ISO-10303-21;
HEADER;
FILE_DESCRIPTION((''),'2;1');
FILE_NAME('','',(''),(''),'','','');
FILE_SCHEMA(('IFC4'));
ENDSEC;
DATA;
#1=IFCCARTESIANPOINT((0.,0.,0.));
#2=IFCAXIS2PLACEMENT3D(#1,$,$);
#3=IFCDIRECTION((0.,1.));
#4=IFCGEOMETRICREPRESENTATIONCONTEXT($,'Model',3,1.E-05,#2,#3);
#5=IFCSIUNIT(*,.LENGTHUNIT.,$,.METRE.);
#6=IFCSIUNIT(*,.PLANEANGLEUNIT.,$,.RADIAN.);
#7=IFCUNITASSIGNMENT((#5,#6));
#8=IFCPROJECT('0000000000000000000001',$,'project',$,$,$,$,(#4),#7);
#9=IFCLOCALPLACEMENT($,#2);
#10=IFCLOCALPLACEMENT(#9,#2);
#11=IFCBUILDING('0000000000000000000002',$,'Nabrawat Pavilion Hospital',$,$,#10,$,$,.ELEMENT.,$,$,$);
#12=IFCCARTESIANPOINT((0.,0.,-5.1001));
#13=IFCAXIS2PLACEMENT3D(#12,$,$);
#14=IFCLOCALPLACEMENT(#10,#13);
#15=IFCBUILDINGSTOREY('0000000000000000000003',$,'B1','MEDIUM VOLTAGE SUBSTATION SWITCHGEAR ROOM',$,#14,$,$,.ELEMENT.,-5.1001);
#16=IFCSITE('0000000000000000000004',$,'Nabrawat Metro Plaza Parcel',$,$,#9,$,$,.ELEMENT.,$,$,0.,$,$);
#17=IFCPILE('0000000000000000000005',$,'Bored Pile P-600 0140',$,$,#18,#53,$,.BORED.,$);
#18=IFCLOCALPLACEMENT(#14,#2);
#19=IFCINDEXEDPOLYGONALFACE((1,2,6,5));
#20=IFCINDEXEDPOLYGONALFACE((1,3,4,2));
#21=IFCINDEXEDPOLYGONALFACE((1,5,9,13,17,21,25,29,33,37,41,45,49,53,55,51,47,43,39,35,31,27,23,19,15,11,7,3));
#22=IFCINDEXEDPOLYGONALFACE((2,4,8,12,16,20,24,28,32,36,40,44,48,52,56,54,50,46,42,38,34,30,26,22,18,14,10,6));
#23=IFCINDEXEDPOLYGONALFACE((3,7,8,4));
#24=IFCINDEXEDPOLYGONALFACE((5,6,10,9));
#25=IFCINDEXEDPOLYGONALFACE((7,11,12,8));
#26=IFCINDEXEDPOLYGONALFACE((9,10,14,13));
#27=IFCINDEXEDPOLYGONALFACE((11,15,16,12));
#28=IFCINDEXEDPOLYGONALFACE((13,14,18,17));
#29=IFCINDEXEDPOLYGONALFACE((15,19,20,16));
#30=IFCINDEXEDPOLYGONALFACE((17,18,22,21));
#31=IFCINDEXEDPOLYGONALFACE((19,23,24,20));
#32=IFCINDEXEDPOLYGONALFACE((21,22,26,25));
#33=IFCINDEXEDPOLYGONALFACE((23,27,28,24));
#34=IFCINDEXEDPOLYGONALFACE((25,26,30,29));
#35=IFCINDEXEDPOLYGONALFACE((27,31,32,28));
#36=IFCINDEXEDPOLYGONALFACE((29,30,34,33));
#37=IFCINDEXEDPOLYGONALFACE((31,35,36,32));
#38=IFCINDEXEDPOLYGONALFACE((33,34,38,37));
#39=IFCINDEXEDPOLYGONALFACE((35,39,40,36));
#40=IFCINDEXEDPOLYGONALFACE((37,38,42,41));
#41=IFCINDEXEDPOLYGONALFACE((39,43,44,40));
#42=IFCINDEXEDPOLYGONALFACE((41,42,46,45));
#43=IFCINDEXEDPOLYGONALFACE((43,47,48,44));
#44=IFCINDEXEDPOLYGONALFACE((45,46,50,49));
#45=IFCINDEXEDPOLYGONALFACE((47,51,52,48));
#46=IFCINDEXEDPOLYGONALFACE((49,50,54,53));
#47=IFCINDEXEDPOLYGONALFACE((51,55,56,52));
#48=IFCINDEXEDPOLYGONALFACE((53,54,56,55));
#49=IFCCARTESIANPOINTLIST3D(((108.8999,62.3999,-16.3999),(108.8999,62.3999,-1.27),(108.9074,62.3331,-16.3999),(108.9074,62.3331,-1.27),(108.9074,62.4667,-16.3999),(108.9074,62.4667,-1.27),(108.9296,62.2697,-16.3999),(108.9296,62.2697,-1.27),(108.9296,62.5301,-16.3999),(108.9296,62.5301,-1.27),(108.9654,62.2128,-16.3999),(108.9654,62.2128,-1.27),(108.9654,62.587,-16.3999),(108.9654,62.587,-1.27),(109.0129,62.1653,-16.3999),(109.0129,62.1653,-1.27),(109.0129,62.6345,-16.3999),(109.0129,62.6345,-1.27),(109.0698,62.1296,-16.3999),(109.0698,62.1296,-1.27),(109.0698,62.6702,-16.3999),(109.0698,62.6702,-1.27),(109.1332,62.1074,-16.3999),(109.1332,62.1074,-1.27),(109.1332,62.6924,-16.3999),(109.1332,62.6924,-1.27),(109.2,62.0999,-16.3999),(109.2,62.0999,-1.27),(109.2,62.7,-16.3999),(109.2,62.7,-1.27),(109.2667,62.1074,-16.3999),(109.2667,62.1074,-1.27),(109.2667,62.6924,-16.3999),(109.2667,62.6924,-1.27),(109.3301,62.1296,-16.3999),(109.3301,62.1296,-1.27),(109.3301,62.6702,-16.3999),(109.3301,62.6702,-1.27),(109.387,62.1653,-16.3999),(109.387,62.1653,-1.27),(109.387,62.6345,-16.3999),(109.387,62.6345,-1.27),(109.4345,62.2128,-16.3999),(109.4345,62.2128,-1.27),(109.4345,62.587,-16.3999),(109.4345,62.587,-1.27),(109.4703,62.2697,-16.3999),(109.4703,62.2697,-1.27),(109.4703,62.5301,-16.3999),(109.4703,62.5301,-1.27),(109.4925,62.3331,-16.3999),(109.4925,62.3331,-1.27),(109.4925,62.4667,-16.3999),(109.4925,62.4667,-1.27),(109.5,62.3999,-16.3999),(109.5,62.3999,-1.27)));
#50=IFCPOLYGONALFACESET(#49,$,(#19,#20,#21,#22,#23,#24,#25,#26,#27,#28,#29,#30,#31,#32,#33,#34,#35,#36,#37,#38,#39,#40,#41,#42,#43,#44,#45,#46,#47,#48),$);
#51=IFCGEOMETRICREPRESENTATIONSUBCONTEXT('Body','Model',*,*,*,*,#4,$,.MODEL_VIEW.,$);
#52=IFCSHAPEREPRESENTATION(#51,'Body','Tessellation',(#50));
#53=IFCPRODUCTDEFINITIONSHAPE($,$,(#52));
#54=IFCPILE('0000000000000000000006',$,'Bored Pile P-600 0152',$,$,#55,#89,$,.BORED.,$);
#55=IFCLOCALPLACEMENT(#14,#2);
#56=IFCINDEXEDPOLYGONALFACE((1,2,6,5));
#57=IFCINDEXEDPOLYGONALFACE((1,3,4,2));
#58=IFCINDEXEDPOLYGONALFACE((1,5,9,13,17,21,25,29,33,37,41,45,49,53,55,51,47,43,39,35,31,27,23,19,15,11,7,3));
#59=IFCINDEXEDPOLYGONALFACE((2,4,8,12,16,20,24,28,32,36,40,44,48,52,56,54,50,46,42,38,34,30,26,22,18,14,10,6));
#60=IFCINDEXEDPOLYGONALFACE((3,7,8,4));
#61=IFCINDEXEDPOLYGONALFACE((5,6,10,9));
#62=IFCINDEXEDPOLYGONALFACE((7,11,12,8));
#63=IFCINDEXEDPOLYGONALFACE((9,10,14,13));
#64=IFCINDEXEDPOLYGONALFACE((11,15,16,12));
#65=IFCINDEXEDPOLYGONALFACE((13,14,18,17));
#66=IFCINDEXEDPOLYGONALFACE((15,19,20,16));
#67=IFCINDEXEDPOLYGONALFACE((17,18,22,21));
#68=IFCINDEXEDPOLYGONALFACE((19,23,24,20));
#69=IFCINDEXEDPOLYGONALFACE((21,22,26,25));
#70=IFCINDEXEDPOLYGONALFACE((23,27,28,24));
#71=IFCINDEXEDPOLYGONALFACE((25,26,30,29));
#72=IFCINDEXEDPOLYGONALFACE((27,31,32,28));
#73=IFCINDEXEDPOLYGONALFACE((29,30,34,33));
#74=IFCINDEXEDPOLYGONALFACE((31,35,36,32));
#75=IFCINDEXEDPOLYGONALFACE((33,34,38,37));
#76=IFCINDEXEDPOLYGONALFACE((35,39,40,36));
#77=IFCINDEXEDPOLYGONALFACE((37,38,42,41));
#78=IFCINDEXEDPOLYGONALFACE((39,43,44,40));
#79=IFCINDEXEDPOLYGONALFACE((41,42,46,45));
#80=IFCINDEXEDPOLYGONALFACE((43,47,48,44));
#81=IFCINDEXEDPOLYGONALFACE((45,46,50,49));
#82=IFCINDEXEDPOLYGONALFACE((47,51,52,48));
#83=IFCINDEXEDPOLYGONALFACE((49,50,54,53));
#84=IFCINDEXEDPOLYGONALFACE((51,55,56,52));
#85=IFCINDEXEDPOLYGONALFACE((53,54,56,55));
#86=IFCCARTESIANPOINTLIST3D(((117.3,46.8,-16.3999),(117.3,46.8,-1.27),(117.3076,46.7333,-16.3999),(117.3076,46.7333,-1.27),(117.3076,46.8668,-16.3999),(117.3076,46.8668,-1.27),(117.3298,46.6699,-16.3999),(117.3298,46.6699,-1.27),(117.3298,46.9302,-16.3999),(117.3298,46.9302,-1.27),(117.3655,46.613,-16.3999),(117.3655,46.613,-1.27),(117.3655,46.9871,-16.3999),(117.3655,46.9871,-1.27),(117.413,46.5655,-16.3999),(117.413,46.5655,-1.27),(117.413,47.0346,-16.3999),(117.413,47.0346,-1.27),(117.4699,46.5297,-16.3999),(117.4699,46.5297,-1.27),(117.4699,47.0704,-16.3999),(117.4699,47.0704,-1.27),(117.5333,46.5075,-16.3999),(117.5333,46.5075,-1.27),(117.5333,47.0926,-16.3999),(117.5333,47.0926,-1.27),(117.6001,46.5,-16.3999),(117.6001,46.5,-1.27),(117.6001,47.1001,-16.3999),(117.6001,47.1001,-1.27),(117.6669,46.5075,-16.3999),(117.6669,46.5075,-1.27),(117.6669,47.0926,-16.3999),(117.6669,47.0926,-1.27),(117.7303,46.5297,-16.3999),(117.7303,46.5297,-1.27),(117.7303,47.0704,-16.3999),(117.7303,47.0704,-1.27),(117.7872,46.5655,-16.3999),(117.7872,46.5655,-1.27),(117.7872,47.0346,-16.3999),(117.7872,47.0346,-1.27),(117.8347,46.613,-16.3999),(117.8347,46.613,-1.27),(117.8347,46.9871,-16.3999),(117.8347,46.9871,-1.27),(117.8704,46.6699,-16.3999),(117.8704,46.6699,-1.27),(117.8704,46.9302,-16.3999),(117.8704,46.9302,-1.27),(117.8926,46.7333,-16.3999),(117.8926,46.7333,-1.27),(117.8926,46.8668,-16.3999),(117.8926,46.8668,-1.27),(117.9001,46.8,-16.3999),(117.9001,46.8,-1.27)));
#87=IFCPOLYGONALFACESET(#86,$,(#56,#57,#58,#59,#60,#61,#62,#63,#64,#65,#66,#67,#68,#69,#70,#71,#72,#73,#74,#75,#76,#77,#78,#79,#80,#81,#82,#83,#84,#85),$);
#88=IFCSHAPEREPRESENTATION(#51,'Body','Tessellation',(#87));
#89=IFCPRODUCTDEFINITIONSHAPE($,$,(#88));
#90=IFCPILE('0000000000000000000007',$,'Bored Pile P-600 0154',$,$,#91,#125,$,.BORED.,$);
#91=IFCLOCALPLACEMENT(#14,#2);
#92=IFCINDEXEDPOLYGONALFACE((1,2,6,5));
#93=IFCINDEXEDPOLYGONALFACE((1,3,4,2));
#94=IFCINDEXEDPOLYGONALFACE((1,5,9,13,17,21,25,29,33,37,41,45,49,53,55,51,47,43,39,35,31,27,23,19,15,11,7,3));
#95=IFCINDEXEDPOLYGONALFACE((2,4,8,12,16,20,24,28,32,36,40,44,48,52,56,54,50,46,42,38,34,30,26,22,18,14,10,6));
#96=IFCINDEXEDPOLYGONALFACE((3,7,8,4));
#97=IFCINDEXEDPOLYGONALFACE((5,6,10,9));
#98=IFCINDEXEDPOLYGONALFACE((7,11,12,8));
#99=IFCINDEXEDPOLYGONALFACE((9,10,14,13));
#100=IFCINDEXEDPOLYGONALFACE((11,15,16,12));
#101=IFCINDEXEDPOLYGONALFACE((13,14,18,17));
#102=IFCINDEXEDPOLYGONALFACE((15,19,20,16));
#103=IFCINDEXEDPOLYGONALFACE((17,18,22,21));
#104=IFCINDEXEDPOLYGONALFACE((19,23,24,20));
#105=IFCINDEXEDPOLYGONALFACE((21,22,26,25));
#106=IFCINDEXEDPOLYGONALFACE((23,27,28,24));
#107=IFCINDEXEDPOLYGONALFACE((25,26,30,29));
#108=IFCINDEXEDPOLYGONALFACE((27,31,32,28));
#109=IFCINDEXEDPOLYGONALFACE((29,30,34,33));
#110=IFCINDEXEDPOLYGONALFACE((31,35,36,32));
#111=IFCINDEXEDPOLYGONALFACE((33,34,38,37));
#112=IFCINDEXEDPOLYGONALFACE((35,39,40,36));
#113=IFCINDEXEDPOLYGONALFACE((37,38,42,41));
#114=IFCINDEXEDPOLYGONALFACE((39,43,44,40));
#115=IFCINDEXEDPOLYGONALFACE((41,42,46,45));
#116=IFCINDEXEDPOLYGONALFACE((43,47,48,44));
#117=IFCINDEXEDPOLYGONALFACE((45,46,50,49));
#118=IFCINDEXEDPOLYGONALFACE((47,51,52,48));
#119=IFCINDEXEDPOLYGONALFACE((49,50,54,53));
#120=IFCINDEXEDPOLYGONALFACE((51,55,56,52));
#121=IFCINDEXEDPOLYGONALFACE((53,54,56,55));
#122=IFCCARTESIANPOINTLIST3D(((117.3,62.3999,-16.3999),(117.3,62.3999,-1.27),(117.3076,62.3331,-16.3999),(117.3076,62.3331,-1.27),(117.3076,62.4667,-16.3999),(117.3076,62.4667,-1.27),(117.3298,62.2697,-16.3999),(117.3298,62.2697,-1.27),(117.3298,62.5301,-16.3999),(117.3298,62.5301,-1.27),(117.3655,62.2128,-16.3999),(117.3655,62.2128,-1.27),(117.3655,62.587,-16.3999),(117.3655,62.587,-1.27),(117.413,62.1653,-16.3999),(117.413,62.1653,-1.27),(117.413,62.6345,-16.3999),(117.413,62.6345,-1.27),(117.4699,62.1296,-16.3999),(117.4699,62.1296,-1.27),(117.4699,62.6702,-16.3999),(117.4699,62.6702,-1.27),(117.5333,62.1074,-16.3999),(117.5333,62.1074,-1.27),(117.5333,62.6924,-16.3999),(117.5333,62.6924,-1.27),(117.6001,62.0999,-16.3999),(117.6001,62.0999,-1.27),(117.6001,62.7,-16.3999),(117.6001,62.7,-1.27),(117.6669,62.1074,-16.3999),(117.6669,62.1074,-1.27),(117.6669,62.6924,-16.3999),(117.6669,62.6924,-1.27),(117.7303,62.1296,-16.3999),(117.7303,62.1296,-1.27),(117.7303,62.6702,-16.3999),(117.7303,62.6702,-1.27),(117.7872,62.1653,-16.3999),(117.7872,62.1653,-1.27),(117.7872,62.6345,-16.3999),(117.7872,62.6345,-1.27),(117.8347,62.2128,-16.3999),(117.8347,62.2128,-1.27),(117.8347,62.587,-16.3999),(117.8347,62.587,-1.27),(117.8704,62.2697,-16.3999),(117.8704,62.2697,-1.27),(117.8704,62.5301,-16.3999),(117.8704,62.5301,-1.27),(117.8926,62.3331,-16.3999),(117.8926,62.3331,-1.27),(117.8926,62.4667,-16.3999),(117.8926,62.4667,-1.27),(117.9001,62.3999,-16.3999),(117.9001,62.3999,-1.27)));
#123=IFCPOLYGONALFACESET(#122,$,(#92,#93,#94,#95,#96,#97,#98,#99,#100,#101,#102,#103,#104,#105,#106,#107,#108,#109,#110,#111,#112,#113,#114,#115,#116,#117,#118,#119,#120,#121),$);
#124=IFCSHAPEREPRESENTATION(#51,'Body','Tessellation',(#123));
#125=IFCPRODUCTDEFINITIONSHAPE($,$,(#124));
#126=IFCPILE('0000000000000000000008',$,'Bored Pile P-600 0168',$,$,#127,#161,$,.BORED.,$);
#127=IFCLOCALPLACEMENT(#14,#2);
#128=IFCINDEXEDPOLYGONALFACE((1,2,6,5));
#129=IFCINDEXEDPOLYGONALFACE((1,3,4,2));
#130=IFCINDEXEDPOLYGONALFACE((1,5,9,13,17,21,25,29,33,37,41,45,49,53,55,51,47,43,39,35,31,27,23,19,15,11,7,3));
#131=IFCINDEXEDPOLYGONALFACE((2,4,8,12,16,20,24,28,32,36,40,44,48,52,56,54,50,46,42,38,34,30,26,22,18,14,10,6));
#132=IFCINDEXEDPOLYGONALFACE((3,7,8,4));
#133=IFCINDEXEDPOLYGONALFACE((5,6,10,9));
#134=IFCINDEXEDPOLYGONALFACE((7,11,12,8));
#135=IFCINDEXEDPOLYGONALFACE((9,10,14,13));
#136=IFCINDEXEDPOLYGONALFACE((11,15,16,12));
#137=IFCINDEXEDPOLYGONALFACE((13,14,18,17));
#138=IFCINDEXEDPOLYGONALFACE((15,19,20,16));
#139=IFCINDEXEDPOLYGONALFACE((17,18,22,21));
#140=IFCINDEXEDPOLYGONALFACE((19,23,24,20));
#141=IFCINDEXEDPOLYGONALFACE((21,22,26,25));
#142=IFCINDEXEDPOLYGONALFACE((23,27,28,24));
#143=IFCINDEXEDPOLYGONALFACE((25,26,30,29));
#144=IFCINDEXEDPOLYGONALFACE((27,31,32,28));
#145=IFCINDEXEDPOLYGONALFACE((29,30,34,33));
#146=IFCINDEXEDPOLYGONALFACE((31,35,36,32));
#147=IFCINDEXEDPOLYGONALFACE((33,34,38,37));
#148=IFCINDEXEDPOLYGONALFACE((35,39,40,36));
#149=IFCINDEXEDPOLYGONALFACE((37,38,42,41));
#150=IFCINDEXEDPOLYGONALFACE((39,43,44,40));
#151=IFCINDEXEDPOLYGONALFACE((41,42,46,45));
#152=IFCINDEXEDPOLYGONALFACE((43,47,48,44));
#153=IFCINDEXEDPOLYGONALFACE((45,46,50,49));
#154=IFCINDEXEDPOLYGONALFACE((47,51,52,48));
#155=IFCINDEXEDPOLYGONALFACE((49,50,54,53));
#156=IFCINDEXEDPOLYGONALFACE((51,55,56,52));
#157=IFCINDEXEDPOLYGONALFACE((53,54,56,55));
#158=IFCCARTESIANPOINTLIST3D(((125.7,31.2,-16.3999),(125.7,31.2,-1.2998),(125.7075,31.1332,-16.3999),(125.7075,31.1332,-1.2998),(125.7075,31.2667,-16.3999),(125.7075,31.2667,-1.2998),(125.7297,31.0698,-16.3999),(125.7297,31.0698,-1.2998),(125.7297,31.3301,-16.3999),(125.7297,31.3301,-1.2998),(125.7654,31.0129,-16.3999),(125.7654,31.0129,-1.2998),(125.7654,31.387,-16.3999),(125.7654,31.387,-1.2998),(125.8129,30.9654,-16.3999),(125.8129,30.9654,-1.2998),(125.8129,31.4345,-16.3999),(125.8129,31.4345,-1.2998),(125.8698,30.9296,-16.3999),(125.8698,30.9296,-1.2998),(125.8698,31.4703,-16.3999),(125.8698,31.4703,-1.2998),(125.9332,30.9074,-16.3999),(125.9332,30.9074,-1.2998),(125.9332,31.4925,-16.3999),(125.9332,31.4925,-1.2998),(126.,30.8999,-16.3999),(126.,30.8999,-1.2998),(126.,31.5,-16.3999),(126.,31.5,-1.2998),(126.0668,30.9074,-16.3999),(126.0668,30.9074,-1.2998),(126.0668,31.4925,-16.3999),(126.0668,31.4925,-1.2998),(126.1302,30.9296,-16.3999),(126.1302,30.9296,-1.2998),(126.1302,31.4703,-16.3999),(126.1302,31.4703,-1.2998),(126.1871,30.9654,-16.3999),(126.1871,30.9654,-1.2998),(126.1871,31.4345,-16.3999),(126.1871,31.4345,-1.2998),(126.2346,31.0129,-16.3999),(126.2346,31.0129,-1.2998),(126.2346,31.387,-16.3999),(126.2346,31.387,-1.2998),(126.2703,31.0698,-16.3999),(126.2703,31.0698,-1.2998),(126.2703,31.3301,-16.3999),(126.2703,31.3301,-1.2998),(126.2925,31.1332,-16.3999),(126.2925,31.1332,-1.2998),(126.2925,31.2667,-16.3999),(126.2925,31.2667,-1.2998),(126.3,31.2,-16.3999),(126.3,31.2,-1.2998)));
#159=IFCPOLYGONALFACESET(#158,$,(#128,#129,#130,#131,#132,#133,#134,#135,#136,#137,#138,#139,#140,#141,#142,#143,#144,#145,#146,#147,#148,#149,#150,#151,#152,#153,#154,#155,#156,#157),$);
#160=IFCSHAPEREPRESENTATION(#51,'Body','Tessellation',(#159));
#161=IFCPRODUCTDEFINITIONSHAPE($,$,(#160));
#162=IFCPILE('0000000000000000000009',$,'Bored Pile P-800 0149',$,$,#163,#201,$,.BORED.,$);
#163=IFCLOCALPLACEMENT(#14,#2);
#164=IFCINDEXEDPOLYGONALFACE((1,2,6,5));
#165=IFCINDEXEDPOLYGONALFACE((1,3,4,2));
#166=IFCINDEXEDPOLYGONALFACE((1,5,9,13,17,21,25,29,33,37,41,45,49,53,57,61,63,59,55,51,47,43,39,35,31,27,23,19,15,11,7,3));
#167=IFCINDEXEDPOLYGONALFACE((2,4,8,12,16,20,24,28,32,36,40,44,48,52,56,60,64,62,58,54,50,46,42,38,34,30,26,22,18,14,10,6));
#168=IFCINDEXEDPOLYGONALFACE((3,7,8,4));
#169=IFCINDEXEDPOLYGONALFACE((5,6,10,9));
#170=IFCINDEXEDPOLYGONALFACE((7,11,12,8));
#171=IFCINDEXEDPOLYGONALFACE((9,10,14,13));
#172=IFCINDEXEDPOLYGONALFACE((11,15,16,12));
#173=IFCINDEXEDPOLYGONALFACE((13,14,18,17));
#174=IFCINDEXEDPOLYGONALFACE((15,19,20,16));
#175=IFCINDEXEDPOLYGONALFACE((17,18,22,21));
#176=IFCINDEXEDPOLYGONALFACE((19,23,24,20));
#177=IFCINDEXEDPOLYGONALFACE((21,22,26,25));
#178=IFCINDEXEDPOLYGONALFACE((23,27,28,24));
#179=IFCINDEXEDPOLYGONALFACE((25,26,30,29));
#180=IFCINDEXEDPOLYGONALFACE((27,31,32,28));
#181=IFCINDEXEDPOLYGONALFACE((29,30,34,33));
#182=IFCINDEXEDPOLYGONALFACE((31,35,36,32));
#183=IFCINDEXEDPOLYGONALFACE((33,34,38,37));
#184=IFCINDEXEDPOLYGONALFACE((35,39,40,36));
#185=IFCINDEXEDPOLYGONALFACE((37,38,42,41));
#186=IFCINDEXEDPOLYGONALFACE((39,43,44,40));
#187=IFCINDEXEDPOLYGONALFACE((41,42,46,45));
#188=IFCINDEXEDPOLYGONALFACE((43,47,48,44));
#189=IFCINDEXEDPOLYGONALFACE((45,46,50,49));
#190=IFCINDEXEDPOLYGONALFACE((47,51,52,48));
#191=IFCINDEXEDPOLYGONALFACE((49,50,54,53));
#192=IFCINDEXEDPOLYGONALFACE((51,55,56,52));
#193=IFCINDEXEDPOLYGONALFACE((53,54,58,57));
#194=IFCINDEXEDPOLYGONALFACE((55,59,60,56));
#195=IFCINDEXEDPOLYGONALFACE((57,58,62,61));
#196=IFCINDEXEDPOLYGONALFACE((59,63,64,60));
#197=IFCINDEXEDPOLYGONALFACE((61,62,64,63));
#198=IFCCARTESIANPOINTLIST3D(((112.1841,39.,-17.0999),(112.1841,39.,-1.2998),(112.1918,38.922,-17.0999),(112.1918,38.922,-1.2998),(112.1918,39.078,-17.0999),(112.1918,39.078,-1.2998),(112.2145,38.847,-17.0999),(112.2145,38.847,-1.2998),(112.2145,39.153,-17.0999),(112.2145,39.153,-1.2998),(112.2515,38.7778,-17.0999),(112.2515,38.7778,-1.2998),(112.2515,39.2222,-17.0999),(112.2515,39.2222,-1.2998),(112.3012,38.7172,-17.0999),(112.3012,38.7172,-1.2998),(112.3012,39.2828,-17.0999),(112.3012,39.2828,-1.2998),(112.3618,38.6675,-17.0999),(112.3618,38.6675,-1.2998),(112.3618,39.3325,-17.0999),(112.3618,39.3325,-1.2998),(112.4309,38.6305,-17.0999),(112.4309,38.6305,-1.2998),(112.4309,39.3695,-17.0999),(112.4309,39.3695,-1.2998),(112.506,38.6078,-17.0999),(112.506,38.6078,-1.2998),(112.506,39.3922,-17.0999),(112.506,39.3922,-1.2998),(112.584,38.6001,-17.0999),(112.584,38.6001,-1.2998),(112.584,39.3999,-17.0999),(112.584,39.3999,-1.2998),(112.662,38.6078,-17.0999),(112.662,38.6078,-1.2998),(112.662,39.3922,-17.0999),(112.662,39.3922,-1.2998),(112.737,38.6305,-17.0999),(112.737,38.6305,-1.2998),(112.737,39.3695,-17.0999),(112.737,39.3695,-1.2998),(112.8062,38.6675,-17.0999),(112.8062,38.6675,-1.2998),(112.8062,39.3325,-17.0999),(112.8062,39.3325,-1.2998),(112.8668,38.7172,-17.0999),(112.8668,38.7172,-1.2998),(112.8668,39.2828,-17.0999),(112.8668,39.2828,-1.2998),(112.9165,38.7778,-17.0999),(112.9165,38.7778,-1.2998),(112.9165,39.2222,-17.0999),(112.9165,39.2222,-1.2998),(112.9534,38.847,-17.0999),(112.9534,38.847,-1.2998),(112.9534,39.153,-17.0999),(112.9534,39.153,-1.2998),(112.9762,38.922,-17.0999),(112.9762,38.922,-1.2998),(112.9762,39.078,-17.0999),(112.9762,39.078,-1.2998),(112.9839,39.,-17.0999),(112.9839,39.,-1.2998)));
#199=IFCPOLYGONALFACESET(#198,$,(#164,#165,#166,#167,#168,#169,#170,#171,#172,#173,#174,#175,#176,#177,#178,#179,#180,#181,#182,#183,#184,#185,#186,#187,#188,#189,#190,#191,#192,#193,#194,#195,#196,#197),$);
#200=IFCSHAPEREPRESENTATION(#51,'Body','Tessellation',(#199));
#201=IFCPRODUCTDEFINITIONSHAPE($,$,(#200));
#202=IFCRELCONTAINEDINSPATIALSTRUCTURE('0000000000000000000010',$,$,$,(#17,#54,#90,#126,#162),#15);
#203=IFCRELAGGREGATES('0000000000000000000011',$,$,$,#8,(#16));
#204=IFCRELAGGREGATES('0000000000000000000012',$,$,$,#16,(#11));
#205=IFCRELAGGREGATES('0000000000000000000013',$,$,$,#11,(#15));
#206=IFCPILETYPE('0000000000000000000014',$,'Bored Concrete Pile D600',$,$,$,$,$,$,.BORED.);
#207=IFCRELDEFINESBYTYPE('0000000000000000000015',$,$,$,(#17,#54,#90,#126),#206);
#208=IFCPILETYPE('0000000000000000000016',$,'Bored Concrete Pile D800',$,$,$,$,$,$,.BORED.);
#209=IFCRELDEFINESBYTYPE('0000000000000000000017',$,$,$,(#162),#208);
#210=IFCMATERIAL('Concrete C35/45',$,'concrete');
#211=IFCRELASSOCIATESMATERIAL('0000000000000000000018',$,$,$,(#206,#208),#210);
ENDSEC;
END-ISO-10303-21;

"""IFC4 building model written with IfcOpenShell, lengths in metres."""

from ifc_helpers import new_model, si_unit, direction, frame, origin, origin_2d, place, context, subcontext, project, spatial, circle, extrude, material, material_profile, profile_set, type_object, element, save


model = new_model("IFC4")

# Units and contexts
model_context = context("Model", 3, precision=1e-05, world=origin(), true_north=direction((0.0, 1.0)))
body_context = subcontext(model_context, "Body", "Model", "MODEL_VIEW")
ifc_project = project(units=[si_unit("LENGTHUNIT", "METRE"), si_unit("PLANEANGLEUNIT", "RADIAN")], contexts=[model_context])

# Site, building, storey
site_placement = place(None, origin())
site = spatial("IfcSite", under=ifc_project, at=site_placement, Name="Nabrawat Metro Plaza Parcel", CompositionType="ELEMENT", RefElevation=0.0)
building_placement = place(site_placement, origin())
building = spatial("IfcBuilding", under=site, at=building_placement, Name="Nabrawat Pavilion Hospital", CompositionType="ELEMENT")
storey_placement = place(building_placement, frame((0.0, 0.0, -5.1001)))
storey = spatial("IfcBuildingStorey", under=building, at=storey_placement, Name="B1", Description="MEDIUM VOLTAGE SUBSTATION SWITCHGEAR ROOM", CompositionType="ELEMENT", Elevation=-5.1001)

# Piles
ifc_material_1 = material(Name="Concrete C35/45", Category="concrete")
ifc_material_profile_1 = material_profile(ifc_material_1, circle(Radius=0.3, at=origin_2d()), Name="DIA 600")
ifc_profile_set_1 = profile_set([ifc_material_profile_1], Name="Concrete C35/45")
pile_type_1 = type_object("IfcPileType", Name="Bored Concrete Pile D600", PredefinedType="BORED", material=ifc_profile_set_1)
for number, where, z_axis, x_axis, name in (
    (1, (109.2, 62.3999, -1.27), (0.0, 0.0, -1.0), (1.0, 0.0, 0.0), "Bored Pile P-600 0140"),
    (2, (117.6001, 46.8, -1.27), (0.0, 0.0, -1.0), (1.0, 0.0, 0.0), "Bored Pile P-600 0152"),
    (3, (117.6001, 62.3999, -1.27), (0.0, 0.0, -1.0), (1.0, 0.0, 0.0), "Bored Pile P-600 0154"),
):
    element("IfcPile", number, at=place(storey_placement, frame(where, z_axis=z_axis, x_axis=x_axis)), inside=storey, type_object=pile_type_1, Name=name, PredefinedType="BORED", context=body_context, shape_type="SweptSolid", body=[
        extrude(circle(Radius=0.3, at=origin_2d()), origin(), (0.0, 0.0, 1.0), 15.1299),
    ])
pile_1_placement = place(storey_placement, frame((126.0, 31.2, -1.2998), z_axis=(0.0, 0.0, -1.0), x_axis=(1.0, 0.0, 0.0)))
element("IfcPile", 4, at=pile_1_placement, inside=storey, type_object=pile_type_1, Name="Bored Pile P-600 0168", PredefinedType="BORED", context=body_context, shape_type="SweptSolid", body=[
    extrude(circle(Radius=0.3, at=origin_2d()), origin(), (0.0, 0.0, 1.0), 15.1001),
])
ifc_material_profile_2 = material_profile(ifc_material_1, circle(Radius=0.3999, at=origin_2d()), Name="DIA 800")
ifc_profile_set_2 = profile_set([ifc_material_profile_2], Name="Concrete C35/45")
pile_type_2 = type_object("IfcPileType", Name="Bored Concrete Pile D800", PredefinedType="BORED", material=ifc_profile_set_2)
pile_2_placement = place(storey_placement, frame((112.584, 39.0, -1.2998), z_axis=(0.0, 0.0, -1.0), x_axis=(1.0, 0.0, 0.0)))
element("IfcPile", 5, at=pile_2_placement, inside=storey, type_object=pile_type_2, Name="Bored Pile P-800 0149", PredefinedType="BORED", context=body_context, shape_type="SweptSolid", body=[
    extrude(circle(Radius=0.3999, at=origin_2d()), origin(), (0.0, 0.0, 1.0), 15.8),
])

save(model, "model.ifc")
